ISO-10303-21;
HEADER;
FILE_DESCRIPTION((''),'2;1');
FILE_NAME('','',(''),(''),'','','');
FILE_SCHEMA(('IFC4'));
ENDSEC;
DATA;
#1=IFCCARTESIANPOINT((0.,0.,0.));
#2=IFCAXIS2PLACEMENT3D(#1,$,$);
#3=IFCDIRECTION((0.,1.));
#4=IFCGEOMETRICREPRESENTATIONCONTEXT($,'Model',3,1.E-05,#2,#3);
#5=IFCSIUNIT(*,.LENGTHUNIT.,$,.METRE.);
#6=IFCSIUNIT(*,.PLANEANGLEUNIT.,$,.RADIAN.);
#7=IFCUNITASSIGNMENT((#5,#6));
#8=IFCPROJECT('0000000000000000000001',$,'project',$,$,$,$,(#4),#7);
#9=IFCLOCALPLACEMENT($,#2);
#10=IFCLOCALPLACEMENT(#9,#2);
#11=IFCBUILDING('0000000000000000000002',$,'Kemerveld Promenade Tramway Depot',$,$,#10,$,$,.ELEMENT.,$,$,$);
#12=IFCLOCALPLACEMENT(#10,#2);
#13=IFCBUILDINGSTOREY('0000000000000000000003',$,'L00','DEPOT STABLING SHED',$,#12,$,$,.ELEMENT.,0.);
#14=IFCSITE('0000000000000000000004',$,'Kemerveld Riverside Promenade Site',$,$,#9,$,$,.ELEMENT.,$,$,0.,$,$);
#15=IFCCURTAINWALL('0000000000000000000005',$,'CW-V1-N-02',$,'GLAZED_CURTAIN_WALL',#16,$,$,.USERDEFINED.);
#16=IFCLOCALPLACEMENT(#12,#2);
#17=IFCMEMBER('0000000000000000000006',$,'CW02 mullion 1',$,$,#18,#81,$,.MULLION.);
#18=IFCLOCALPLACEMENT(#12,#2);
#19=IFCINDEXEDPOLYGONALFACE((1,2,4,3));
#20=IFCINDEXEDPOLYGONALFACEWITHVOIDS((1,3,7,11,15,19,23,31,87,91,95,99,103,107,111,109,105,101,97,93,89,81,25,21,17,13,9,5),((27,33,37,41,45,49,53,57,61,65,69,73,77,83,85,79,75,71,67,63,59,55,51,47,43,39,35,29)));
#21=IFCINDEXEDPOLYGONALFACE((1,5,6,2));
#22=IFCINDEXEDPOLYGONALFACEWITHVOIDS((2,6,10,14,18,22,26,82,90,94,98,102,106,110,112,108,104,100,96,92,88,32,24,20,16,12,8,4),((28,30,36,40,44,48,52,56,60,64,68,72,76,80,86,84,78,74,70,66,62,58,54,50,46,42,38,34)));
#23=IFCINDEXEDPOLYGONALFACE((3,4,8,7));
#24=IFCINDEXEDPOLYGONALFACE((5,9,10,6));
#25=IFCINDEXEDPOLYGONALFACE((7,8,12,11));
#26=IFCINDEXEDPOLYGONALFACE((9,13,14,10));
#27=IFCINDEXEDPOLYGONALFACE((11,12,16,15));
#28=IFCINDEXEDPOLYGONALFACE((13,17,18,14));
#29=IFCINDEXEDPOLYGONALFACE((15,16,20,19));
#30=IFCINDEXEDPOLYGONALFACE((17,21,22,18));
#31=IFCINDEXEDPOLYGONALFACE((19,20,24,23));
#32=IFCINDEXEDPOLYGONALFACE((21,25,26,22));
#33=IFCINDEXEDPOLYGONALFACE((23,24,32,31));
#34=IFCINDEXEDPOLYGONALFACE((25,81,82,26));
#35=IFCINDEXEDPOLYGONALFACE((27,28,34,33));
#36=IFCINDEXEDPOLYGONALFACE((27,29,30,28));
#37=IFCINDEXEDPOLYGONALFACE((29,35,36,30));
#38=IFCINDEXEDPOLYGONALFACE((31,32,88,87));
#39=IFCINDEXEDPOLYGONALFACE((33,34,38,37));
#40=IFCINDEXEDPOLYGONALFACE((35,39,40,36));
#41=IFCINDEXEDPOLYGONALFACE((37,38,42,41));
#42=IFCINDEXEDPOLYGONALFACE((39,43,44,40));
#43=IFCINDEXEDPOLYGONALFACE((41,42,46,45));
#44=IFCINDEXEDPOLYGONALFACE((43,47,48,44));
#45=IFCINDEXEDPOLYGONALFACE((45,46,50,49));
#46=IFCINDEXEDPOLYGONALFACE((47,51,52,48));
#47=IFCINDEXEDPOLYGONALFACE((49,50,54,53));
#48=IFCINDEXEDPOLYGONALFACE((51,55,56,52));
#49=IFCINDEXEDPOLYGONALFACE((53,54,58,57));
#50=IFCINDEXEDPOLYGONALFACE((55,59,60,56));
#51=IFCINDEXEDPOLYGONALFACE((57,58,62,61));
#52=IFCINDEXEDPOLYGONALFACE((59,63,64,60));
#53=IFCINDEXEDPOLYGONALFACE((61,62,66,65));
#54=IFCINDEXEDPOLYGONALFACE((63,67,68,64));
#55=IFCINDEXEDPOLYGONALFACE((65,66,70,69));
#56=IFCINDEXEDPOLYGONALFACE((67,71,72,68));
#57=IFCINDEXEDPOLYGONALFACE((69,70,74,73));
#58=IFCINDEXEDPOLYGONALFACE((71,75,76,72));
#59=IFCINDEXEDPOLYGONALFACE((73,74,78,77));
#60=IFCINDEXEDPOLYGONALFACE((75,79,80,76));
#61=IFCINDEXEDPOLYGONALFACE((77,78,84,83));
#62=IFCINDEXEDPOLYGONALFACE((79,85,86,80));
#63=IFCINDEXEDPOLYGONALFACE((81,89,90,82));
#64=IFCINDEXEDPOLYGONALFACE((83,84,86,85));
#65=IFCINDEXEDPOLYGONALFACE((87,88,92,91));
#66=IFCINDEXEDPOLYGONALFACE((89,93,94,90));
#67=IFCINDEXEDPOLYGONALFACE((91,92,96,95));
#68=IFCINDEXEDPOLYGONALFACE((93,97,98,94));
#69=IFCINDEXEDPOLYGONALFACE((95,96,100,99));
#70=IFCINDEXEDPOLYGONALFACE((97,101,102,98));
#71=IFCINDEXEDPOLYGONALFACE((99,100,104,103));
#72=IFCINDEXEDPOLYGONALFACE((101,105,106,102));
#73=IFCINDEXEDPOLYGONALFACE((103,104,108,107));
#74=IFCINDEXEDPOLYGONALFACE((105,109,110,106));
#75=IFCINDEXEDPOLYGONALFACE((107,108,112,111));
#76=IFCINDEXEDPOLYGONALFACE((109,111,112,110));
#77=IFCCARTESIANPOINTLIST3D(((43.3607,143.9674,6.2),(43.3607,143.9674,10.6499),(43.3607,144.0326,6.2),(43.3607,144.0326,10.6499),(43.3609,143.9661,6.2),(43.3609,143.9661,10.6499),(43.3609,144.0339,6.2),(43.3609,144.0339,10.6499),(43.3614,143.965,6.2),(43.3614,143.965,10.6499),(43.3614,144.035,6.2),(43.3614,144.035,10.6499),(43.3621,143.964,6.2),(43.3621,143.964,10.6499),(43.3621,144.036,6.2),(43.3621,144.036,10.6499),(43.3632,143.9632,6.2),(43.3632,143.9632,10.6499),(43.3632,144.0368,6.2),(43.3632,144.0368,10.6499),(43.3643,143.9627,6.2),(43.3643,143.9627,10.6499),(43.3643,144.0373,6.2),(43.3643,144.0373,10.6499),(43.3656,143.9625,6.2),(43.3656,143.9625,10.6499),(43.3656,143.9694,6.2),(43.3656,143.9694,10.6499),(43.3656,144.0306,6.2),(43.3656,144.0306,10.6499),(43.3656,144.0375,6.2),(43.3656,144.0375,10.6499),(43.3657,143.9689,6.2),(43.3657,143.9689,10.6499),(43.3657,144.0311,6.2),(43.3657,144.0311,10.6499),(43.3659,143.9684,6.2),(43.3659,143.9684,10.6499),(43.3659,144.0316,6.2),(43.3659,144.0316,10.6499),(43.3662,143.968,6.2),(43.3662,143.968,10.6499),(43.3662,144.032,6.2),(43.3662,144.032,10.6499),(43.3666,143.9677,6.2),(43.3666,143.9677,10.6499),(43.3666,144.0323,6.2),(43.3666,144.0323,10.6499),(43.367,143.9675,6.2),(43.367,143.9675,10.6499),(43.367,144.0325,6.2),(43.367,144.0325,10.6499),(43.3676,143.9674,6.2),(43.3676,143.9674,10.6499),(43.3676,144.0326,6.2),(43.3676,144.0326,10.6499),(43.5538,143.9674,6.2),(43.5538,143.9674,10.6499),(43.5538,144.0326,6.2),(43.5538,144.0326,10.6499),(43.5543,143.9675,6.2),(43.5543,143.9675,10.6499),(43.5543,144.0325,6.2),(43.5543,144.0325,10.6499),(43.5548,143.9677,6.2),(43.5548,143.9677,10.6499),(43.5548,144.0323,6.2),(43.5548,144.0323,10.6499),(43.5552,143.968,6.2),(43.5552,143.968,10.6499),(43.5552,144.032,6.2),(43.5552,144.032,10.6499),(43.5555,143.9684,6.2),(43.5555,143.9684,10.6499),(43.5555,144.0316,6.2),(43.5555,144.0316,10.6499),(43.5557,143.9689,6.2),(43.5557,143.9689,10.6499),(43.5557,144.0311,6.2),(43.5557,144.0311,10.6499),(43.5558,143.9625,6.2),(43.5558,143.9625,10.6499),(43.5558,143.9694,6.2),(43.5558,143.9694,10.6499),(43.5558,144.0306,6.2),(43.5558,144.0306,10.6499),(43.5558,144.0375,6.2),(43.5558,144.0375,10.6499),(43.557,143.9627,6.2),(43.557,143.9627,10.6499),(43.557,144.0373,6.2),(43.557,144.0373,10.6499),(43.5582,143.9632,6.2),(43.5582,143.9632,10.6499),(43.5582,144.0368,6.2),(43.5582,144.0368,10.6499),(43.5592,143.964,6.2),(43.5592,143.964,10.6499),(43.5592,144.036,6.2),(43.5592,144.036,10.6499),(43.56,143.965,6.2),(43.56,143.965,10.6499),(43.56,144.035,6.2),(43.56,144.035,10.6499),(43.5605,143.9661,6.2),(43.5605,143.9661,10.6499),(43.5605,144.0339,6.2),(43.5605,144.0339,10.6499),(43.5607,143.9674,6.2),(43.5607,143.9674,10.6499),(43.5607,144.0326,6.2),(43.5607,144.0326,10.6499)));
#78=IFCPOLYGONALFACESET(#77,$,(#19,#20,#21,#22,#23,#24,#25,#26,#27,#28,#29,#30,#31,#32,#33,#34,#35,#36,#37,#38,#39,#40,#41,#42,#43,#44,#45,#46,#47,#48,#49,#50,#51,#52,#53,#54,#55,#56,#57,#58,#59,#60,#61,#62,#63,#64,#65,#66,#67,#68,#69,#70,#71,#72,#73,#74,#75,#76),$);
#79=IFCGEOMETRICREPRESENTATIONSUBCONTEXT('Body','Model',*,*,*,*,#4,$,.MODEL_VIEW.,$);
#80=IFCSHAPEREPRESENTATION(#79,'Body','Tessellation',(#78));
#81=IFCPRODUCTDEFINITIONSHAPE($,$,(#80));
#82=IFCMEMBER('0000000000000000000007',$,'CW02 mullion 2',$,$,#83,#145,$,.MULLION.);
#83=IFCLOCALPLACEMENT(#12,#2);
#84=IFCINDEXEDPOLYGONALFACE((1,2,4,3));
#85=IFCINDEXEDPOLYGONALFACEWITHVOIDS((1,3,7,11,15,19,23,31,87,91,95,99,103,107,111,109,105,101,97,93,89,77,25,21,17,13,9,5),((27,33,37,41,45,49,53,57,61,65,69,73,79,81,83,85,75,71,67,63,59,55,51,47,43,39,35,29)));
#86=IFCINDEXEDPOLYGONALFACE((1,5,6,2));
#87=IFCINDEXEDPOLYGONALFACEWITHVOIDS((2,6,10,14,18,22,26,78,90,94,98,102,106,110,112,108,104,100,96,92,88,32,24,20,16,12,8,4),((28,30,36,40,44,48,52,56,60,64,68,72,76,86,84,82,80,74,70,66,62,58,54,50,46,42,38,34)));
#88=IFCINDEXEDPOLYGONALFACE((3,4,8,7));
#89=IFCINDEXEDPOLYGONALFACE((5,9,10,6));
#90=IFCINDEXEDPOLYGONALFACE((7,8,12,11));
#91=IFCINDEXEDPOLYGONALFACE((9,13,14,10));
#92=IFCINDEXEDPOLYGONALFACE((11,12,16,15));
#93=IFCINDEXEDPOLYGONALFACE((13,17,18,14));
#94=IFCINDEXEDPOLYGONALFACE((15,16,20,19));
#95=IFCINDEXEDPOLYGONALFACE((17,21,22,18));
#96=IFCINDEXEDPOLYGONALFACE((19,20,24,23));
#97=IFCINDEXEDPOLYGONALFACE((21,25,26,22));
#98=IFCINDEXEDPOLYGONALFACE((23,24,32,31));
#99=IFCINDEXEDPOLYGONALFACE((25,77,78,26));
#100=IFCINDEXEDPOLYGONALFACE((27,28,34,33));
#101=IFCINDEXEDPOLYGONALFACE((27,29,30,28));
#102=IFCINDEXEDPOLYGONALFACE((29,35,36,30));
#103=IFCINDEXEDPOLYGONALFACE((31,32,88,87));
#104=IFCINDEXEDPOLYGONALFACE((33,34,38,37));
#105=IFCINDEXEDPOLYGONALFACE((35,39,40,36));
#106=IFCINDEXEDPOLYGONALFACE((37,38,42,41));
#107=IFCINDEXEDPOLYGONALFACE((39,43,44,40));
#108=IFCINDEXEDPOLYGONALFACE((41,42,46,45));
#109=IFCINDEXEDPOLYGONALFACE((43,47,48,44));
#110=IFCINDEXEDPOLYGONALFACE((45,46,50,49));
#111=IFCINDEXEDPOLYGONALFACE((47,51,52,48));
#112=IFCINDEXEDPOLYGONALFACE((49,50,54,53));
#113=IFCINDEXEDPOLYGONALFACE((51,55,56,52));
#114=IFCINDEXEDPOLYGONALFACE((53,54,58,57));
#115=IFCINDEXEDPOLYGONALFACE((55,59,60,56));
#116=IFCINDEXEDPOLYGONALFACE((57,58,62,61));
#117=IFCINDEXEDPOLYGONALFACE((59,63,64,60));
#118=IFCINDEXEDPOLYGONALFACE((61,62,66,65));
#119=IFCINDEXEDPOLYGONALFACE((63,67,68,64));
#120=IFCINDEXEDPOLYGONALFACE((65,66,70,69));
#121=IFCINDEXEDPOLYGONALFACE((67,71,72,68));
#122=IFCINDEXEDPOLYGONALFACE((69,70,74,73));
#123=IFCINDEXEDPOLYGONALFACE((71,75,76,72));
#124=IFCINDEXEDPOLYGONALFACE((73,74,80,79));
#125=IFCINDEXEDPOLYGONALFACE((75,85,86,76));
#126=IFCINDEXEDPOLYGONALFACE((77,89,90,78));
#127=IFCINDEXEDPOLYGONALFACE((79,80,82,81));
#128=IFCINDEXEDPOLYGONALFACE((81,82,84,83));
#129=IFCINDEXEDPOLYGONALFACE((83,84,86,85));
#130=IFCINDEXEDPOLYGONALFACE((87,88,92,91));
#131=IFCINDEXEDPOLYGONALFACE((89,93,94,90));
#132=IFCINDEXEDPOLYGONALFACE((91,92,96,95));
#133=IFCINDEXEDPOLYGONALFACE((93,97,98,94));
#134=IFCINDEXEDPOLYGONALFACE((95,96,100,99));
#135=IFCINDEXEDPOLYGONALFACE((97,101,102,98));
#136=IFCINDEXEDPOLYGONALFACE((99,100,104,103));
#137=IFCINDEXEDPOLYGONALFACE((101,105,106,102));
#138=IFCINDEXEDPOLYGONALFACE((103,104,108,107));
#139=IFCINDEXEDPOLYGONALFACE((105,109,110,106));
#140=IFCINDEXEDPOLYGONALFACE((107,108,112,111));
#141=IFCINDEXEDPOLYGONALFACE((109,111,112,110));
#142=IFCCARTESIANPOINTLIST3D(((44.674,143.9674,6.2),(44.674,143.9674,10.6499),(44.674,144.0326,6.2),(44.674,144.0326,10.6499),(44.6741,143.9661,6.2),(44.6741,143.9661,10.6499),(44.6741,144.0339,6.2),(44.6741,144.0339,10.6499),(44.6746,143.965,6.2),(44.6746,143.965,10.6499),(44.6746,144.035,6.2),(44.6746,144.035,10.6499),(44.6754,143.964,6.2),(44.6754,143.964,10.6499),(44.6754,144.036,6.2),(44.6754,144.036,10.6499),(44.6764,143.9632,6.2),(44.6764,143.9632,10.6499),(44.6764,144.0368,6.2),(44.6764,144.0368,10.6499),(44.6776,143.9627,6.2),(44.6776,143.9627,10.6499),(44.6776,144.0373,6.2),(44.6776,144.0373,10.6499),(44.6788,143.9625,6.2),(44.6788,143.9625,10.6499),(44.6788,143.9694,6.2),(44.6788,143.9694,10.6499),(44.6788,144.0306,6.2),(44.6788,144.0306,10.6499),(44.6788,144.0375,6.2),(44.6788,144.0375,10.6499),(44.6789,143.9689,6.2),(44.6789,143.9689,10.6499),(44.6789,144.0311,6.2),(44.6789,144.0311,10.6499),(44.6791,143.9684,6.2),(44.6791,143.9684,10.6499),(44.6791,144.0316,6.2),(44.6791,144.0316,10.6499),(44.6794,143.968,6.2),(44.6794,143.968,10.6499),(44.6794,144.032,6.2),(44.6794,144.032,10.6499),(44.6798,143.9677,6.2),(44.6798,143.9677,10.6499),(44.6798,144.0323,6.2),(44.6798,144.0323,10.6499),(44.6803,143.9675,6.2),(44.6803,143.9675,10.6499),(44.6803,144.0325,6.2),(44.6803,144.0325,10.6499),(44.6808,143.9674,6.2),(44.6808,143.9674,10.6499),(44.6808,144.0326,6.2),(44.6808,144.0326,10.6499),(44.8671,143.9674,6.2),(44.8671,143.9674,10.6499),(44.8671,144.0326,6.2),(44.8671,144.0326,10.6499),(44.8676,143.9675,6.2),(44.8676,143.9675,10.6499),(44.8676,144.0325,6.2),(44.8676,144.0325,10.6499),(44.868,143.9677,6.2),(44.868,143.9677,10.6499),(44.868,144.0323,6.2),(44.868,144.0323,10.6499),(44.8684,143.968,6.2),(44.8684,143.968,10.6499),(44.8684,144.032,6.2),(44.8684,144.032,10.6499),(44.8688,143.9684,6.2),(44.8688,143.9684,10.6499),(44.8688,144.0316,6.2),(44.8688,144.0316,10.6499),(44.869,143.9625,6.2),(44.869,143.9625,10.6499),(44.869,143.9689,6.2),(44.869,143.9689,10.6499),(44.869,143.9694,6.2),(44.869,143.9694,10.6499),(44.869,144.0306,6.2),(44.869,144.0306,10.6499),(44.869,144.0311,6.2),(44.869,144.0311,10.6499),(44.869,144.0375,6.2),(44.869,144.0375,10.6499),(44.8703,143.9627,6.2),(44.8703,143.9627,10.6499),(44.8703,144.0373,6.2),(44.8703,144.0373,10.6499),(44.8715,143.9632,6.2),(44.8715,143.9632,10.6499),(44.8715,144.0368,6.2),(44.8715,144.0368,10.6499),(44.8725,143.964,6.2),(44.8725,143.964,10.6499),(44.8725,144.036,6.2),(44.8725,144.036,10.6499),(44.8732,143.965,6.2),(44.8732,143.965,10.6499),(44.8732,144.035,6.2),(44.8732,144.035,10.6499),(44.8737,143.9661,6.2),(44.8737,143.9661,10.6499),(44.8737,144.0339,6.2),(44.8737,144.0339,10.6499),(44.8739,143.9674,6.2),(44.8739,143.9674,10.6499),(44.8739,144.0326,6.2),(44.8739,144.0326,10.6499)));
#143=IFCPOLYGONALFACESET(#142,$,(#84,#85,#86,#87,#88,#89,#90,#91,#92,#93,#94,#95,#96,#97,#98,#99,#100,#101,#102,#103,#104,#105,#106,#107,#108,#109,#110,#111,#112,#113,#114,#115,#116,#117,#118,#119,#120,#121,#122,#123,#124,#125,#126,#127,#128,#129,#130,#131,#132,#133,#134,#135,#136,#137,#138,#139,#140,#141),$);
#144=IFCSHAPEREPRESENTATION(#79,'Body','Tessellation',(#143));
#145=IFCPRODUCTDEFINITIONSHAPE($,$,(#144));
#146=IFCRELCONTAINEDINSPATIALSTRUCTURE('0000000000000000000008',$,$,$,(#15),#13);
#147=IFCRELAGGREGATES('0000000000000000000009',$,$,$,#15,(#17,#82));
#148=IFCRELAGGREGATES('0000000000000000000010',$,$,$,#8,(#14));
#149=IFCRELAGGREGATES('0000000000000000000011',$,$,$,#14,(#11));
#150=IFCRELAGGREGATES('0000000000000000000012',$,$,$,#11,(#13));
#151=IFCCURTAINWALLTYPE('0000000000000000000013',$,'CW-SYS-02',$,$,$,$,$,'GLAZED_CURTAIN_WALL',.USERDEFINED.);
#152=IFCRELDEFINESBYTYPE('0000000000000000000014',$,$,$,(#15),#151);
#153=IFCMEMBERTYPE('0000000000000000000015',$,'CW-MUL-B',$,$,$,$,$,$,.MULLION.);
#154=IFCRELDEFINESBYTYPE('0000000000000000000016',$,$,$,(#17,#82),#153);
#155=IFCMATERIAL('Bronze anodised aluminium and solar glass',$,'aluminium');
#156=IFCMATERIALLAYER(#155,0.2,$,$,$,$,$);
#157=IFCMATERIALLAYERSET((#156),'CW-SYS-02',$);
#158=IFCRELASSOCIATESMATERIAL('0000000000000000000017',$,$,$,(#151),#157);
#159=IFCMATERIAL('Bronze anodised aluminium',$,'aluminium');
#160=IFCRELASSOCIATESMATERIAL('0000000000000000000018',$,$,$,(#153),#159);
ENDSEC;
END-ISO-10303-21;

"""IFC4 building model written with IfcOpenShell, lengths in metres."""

from ifc_helpers import new_model, si_unit, direction, frame, origin, origin_2d, place, context, subcontext, project, spatial, hollow_rectangle, extrude, material, layer, layer_set, material_profile, profile_set, type_object, element, aggregate, save


model = new_model("IFC4")

# Units and contexts
model_context = context("Model", 3, precision=1e-05, world=origin(), true_north=direction((0.0, 1.0)))
body_context = subcontext(model_context, "Body", "Model", "MODEL_VIEW")
ifc_project = project(units=[si_unit("LENGTHUNIT", "METRE"), si_unit("PLANEANGLEUNIT", "RADIAN")], contexts=[model_context])

# Site, building, storey
site_placement = place(None, origin())
site = spatial("IfcSite", under=ifc_project, at=site_placement, Name="Kemerveld Riverside Promenade Site", CompositionType="ELEMENT", RefElevation=0.0)
building_placement = place(site_placement, origin())
building = spatial("IfcBuilding", under=site, at=building_placement, Name="Kemerveld Promenade Tramway Depot", CompositionType="ELEMENT")
storey_placement = place(building_placement, origin())
storey = spatial("IfcBuildingStorey", under=building, at=storey_placement, Name="L00", Description="DEPOT STABLING SHED", CompositionType="ELEMENT", Elevation=0.0)

# Shared definitions
ifc_material_1 = material(Name="Bronze anodised aluminium and solar glass", Category="aluminium")
ifc_material_2 = material(Name="Bronze anodised aluminium", Category="aluminium")

# Curtain wall, members
ifc_layer_1 = layer(ifc_material_1, 0.2)
ifc_layer_set_1 = layer_set([ifc_layer_1], Name="CW-SYS-02")
curtain_wall_type_1 = type_object("IfcCurtainWallType", Name="CW-SYS-02", ElementType="GLAZED_CURTAIN_WALL", PredefinedType="USERDEFINED", material=ifc_layer_set_1)
curtain_wall_1_placement = place(storey_placement, origin())
curtain_wall_1 = element("IfcCurtainWall", 1, at=curtain_wall_1_placement, inside=storey, type_object=curtain_wall_type_1, Name="CW-V1-N-02", ObjectType="GLAZED_CURTAIN_WALL", PredefinedType="USERDEFINED")
ifc_material_profile_1 = material_profile(ifc_material_2, hollow_rectangle(XDim=0.075, YDim=0.2, WallThickness=0.0049, InnerFilletRadius=0.002, OuterFilletRadius=0.0049, at=origin_2d()), Name="CW-MUL-200x75")
ifc_profile_set_1 = profile_set([ifc_material_profile_1], Name="Bronze anodised aluminium")
member_type_1 = type_object("IfcMemberType", Name="CW-MUL-B", PredefinedType="MULLION", material=ifc_profile_set_1)
member_1_placement = place(storey_placement, frame((43.4607, 144.0, 6.2), z_axis=(0.0, 0.0, 1.0), x_axis=(0.0, 1.0, 0.0)))
member_1 = element("IfcMember", 2, at=member_1_placement, type_object=member_type_1, Name="CW02 mullion 1", PredefinedType="MULLION", context=body_context, shape_type="SweptSolid", body=[
    extrude(hollow_rectangle(XDim=0.075, YDim=0.2, WallThickness=0.0049, InnerFilletRadius=0.002, OuterFilletRadius=0.0049, at=origin_2d()), origin(), (0.0, 0.0, 1.0), 4.45),
])
member_2_placement = place(storey_placement, frame((44.7739, 144.0, 6.2), z_axis=(0.0, 0.0, 1.0), x_axis=(0.0, 1.0, 0.0)))
member_2 = element("IfcMember", 3, at=member_2_placement, type_object=member_type_1, Name="CW02 mullion 2", PredefinedType="MULLION", context=body_context, shape_type="SweptSolid", body=[
    extrude(hollow_rectangle(XDim=0.075, YDim=0.2, WallThickness=0.0049, InnerFilletRadius=0.002, OuterFilletRadius=0.0049, at=origin_2d()), origin(), (0.0, 0.0, 1.0), 4.45),
])

aggregate(curtain_wall_1, [member_1, member_2])

save(model, "model.ifc")
